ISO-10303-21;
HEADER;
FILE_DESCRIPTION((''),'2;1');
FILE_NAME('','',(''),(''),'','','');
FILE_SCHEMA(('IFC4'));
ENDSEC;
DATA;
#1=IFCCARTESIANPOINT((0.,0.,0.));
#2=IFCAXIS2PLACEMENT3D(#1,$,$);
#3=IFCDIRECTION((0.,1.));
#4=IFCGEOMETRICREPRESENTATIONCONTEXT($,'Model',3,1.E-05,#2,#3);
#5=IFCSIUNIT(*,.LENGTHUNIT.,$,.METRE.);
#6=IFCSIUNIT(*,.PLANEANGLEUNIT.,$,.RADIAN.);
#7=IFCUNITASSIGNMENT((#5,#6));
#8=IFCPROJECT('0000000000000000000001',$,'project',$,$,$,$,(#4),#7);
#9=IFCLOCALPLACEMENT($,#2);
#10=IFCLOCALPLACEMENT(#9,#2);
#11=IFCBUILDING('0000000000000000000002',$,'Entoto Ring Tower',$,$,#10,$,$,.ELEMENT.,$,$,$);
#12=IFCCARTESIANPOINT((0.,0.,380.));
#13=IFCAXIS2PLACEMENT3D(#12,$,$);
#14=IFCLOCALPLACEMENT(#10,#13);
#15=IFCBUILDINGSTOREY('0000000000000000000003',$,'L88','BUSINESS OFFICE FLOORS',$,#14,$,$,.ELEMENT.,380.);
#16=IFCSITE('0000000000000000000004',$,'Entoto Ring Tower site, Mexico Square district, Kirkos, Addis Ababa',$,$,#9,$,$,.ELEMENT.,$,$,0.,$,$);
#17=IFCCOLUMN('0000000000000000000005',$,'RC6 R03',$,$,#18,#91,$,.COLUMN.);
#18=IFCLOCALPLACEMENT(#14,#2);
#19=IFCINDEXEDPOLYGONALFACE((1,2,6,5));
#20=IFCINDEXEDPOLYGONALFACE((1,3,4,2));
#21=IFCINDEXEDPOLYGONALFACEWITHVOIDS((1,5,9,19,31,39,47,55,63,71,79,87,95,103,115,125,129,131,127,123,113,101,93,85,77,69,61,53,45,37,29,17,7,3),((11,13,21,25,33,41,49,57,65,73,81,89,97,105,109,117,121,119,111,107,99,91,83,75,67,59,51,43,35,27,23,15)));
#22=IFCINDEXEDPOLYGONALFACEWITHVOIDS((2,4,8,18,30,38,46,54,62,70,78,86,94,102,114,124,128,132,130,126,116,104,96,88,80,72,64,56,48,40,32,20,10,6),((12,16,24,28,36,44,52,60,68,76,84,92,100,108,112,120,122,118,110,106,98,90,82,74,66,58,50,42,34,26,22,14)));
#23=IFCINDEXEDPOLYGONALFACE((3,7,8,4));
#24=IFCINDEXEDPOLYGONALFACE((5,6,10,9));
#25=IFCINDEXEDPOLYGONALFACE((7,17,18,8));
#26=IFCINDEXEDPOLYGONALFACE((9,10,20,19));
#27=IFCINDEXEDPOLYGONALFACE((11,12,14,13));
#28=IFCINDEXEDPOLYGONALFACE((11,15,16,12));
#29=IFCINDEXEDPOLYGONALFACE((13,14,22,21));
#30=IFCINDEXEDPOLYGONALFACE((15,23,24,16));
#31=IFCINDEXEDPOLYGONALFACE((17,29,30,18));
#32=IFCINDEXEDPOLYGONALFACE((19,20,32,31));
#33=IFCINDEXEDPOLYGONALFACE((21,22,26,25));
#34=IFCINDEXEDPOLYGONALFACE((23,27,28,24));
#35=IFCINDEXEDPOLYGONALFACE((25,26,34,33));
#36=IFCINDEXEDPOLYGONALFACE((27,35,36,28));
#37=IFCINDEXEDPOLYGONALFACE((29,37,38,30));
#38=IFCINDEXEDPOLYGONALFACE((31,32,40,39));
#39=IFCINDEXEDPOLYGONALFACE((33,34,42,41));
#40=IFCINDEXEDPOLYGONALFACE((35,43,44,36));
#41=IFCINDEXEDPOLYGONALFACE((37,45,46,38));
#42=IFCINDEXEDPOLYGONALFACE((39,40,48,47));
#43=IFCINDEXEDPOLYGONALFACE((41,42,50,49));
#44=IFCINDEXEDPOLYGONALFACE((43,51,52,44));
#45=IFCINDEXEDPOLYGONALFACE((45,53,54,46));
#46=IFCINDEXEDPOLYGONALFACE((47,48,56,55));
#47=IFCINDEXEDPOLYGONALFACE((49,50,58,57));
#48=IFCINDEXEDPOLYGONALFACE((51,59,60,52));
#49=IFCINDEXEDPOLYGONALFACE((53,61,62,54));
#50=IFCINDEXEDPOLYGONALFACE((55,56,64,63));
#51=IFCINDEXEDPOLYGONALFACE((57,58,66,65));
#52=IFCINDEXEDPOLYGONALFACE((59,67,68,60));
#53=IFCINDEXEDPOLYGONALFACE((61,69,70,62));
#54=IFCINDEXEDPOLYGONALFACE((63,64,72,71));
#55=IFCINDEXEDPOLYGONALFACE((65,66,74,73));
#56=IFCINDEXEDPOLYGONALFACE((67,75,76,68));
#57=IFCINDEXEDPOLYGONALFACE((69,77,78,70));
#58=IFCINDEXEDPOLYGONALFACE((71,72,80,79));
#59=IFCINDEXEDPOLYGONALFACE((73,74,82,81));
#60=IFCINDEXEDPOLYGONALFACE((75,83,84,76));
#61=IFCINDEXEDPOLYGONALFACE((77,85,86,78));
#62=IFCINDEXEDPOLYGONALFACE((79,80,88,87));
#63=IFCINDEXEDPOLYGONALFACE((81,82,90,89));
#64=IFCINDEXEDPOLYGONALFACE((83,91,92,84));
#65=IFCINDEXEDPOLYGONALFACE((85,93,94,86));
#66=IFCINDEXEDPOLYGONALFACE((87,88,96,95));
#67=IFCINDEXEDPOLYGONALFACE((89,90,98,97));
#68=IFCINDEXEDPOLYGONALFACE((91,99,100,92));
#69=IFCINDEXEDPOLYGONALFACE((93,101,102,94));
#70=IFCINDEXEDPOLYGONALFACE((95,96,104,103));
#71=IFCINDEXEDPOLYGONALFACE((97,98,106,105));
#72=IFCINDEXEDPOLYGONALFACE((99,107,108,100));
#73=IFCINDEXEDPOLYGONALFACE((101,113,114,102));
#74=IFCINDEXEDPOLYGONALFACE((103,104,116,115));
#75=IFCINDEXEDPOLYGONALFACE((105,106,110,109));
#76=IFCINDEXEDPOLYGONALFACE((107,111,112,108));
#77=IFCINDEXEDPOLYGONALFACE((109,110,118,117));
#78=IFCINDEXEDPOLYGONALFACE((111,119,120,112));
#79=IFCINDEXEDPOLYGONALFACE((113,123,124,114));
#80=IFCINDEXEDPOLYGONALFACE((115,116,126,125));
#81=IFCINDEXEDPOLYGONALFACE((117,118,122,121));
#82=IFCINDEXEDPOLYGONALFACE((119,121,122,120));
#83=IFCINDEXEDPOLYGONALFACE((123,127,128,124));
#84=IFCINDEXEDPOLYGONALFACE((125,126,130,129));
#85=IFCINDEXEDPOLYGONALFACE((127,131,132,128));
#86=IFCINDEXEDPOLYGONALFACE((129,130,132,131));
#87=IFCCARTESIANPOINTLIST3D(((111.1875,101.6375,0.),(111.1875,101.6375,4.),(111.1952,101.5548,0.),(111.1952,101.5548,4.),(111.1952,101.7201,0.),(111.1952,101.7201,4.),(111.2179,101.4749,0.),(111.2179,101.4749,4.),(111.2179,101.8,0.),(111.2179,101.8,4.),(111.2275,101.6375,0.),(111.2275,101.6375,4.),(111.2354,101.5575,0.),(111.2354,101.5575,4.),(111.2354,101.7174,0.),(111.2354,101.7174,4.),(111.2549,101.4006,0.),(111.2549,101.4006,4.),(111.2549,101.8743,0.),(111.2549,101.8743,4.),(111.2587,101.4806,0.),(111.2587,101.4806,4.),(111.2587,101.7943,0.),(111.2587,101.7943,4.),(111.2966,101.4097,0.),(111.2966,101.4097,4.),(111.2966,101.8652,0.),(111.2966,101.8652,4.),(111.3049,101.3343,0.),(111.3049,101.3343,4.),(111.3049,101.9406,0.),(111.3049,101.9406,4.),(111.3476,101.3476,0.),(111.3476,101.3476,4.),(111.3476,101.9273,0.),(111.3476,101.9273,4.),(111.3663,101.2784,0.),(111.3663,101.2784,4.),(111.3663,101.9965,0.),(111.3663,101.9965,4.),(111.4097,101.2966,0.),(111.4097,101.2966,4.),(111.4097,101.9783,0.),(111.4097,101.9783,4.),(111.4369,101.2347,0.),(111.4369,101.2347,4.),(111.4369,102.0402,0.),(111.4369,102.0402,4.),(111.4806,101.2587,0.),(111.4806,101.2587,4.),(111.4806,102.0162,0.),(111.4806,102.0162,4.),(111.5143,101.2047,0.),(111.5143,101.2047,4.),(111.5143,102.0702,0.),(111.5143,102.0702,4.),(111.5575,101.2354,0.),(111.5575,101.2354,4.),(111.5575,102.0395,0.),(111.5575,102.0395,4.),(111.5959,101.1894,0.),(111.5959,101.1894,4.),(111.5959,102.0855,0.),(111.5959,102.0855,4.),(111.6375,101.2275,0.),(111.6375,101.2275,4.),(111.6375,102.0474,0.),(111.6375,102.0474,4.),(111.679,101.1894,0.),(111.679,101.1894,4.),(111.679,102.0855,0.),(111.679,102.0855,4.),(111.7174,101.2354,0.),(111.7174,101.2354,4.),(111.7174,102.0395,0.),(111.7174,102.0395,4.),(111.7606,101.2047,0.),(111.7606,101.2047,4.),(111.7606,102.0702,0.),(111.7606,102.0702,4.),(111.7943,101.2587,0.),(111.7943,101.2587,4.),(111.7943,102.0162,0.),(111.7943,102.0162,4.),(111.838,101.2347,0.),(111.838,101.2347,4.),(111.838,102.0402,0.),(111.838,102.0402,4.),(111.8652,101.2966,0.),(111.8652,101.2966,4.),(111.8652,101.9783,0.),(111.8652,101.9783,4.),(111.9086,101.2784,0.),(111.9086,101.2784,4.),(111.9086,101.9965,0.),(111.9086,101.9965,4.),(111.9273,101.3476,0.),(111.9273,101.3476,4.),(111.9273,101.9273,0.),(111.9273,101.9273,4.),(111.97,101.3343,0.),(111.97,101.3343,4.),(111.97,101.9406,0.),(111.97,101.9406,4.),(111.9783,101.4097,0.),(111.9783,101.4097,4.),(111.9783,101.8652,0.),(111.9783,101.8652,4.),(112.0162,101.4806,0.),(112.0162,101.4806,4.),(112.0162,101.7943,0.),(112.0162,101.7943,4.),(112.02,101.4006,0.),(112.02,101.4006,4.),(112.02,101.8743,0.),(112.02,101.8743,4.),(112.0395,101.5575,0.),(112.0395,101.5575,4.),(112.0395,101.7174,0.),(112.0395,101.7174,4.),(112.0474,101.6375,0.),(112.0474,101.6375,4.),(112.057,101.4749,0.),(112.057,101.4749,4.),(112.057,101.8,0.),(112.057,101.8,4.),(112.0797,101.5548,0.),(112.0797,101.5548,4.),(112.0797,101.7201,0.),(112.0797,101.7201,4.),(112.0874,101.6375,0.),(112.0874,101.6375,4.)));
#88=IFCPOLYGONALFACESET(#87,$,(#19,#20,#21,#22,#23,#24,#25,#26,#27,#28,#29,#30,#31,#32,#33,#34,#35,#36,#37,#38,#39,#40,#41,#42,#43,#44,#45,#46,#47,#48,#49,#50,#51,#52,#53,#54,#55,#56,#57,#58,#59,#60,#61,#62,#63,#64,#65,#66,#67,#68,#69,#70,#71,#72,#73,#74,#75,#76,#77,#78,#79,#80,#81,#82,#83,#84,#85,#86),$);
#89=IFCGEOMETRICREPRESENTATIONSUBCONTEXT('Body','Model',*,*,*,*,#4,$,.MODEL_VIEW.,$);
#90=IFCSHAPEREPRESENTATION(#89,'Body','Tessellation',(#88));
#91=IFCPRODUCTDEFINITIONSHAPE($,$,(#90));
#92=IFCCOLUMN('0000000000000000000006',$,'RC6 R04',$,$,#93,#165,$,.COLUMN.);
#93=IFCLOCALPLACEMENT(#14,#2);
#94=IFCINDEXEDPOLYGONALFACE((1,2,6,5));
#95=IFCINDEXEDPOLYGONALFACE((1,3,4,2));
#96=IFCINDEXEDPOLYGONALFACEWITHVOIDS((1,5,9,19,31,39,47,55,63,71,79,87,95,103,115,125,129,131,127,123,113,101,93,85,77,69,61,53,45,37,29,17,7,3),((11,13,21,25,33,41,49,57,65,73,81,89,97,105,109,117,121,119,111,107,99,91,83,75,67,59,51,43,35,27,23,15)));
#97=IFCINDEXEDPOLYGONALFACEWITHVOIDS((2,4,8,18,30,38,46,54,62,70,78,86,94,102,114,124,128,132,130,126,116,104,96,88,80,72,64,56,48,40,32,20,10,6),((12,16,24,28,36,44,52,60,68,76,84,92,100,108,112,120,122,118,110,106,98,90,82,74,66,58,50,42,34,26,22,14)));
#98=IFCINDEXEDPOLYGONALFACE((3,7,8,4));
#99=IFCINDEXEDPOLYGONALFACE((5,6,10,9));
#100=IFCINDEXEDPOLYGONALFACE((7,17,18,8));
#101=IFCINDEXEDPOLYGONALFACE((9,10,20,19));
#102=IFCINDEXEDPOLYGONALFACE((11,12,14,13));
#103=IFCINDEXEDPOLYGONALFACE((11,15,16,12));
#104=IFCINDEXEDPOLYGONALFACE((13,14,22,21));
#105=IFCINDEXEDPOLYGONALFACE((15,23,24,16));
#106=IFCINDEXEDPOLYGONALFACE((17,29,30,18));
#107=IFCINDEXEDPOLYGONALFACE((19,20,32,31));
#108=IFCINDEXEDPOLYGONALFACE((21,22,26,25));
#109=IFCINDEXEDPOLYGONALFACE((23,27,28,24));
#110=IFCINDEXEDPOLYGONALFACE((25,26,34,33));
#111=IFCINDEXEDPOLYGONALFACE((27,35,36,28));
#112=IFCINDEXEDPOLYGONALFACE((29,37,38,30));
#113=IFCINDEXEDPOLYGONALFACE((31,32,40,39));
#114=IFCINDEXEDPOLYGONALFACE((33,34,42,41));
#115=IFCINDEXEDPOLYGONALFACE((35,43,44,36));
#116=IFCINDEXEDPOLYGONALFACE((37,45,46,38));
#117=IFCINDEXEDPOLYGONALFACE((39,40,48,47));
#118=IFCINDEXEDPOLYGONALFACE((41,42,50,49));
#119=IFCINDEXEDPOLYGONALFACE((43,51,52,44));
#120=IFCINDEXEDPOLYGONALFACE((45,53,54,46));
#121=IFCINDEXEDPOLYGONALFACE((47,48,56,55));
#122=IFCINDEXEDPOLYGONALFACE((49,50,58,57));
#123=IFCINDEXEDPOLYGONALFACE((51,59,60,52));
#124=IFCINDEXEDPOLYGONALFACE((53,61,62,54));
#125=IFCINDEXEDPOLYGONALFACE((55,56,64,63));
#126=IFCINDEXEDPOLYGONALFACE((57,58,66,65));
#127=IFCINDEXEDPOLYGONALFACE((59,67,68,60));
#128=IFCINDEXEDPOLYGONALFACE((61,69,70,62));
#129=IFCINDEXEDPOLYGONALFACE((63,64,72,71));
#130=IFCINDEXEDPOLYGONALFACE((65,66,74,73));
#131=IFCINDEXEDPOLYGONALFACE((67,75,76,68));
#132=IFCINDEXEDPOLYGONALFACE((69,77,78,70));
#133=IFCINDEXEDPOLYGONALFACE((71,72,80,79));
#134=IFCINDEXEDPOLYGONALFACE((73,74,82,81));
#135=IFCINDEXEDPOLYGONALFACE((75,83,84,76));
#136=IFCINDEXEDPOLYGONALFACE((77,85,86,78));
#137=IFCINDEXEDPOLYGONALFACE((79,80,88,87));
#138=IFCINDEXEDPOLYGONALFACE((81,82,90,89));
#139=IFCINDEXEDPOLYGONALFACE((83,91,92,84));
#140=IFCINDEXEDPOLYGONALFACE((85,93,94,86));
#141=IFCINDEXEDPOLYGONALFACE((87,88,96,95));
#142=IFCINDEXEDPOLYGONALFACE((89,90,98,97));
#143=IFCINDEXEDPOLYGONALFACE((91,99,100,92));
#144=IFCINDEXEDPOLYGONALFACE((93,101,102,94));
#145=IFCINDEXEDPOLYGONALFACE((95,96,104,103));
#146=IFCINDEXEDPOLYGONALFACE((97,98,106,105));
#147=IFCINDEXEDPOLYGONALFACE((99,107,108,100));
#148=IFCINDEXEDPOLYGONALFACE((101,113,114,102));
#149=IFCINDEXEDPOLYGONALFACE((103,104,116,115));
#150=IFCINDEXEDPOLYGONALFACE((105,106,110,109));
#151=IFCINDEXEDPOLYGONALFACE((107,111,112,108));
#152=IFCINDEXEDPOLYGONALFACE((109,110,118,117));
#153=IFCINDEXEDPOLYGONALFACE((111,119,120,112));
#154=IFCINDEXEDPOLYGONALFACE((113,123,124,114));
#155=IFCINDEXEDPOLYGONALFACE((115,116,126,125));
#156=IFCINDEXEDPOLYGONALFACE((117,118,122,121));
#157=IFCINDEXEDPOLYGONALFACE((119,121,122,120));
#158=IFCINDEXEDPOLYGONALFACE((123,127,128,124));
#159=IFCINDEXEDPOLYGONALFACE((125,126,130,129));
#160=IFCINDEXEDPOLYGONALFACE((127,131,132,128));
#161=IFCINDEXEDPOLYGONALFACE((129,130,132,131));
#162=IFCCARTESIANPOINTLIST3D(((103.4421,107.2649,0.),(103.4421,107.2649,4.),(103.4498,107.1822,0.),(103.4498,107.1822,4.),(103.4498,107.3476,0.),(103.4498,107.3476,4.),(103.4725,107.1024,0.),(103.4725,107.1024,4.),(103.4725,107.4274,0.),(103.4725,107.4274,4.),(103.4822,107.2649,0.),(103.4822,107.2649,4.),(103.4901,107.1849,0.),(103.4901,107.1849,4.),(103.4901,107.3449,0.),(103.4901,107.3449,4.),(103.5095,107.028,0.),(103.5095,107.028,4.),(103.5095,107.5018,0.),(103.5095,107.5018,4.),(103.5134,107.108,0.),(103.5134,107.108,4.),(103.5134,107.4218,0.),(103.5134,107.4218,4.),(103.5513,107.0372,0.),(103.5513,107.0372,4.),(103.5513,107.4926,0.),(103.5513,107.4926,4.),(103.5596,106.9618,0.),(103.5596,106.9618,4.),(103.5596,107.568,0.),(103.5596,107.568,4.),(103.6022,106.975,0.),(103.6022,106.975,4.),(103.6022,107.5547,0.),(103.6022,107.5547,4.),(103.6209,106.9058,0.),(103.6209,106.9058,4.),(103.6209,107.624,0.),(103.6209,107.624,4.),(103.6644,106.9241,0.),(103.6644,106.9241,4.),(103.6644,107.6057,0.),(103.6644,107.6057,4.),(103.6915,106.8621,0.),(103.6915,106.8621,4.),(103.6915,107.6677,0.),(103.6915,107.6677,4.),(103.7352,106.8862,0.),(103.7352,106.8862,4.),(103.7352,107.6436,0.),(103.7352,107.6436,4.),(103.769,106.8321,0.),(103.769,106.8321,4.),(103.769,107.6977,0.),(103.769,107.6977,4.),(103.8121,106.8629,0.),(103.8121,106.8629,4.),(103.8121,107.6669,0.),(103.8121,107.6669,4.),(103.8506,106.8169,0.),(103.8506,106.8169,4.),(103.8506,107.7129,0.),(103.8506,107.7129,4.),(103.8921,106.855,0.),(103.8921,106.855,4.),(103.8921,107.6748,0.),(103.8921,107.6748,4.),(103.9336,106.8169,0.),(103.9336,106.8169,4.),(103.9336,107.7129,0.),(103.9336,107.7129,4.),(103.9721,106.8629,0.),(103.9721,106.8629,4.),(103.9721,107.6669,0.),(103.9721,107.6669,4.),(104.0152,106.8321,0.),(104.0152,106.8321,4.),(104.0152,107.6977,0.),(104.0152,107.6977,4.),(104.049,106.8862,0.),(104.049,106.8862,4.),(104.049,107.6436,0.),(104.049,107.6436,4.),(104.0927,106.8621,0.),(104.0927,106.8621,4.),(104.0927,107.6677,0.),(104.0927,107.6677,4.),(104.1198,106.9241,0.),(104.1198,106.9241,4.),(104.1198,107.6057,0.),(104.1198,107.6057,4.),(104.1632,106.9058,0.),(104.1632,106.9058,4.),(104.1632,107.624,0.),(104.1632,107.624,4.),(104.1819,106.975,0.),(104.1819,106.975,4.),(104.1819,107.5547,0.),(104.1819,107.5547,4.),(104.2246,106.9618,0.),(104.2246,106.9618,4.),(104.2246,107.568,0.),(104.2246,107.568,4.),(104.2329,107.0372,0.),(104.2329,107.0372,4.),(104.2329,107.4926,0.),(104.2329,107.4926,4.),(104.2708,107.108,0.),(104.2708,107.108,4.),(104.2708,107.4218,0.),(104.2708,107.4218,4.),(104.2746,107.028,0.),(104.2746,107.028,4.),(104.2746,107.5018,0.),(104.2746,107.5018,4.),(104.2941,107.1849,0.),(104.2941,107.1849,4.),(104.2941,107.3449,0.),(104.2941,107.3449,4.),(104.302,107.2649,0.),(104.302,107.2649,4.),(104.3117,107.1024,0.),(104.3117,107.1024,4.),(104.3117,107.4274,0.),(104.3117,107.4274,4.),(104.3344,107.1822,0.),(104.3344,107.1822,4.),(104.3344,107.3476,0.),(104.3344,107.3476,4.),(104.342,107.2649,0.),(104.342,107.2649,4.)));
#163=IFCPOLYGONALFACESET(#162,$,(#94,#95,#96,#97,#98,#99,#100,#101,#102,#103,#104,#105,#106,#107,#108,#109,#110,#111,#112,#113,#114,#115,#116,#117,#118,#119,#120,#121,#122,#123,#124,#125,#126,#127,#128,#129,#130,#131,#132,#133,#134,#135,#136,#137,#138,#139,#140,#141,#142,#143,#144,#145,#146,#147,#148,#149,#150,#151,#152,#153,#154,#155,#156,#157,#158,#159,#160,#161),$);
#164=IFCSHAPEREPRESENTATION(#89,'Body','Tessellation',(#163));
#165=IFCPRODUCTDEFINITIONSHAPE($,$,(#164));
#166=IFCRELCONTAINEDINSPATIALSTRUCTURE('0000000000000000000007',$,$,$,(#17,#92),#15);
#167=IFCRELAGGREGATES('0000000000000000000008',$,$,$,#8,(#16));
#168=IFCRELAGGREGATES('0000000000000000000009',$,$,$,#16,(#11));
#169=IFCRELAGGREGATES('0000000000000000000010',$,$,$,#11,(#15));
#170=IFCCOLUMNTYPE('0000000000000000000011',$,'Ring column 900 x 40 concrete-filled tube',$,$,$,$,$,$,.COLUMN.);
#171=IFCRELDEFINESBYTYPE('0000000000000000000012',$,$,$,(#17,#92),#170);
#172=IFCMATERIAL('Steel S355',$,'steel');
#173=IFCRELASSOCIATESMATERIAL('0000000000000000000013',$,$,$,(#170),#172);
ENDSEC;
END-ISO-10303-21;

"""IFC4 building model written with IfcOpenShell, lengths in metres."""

from ifc_helpers import new_model, si_unit, direction, frame, origin, origin_2d, place, context, subcontext, project, spatial, circle, hollow_circle, extrude, material, material_profile, profile_set, type_object, element, save


model = new_model("IFC4")

# Units and contexts
model_context = context("Model", 3, precision=1e-05, world=origin(), true_north=direction((0.0, 1.0)))
body_context = subcontext(model_context, "Body", "Model", "MODEL_VIEW")
ifc_project = project(units=[si_unit("LENGTHUNIT", "METRE"), si_unit("PLANEANGLEUNIT", "RADIAN")], contexts=[model_context])

# Site, building, storey
site_placement = place(None, origin())
site = spatial("IfcSite", under=ifc_project, at=site_placement, Name="Entoto Ring Tower site, Mexico Square district, Kirkos, Addis Ababa", CompositionType="ELEMENT", RefElevation=0.0)
building_placement = place(site_placement, origin())
building = spatial("IfcBuilding", under=site, at=building_placement, Name="Entoto Ring Tower", CompositionType="ELEMENT")
storey_placement = place(building_placement, frame((0.0, 0.0, 380.0)))
storey = spatial("IfcBuildingStorey", under=building, at=storey_placement, Name="L88", Description="BUSINESS OFFICE FLOORS", CompositionType="ELEMENT", Elevation=380.0)

# Columns
ifc_material_1 = material(Name="Steel S355", Category="steel")
ifc_material_profile_1 = material_profile(ifc_material_1, hollow_circle(Radius=0.45, WallThickness=0.04, at=origin_2d()), Name="CHS 900 x 40")
ifc_material_2 = material(Name="Concrete C60/75", Category="concrete")
ifc_material_profile_2 = material_profile(ifc_material_2, circle(Radius=0.4099, at=origin_2d()), Name="Concrete C60/75 infill")
ifc_profile_set_1 = profile_set([ifc_material_profile_1, ifc_material_profile_2], Name="Steel S355")
column_type = type_object("IfcColumnType", Name="Ring column 900 x 40 concrete-filled tube", PredefinedType="COLUMN", material=ifc_profile_set_1)
for number, where, z_axis, x_axis, name in (
    (1, (111.6375, 101.6375, 0.0), (0.0, 0.0, 1.0), (1.0, 0.0, 0.0), "RC6 R03"),
    (2, (103.8921, 107.2649, 0.0), (0.0, 0.0, 1.0), (1.0, 0.0, 0.0), "RC6 R04"),
):
    element("IfcColumn", number, at=place(storey_placement, frame(where, z_axis=z_axis, x_axis=x_axis)), inside=storey, type_object=column_type, Name=name, PredefinedType="COLUMN", context=body_context, shape_type="SweptSolid", body=[
        extrude(hollow_circle(Radius=0.45, WallThickness=0.04, at=origin_2d()), origin(), (0.0, 0.0, 1.0), 4.0),
    ])

save(model, "model.ifc")
